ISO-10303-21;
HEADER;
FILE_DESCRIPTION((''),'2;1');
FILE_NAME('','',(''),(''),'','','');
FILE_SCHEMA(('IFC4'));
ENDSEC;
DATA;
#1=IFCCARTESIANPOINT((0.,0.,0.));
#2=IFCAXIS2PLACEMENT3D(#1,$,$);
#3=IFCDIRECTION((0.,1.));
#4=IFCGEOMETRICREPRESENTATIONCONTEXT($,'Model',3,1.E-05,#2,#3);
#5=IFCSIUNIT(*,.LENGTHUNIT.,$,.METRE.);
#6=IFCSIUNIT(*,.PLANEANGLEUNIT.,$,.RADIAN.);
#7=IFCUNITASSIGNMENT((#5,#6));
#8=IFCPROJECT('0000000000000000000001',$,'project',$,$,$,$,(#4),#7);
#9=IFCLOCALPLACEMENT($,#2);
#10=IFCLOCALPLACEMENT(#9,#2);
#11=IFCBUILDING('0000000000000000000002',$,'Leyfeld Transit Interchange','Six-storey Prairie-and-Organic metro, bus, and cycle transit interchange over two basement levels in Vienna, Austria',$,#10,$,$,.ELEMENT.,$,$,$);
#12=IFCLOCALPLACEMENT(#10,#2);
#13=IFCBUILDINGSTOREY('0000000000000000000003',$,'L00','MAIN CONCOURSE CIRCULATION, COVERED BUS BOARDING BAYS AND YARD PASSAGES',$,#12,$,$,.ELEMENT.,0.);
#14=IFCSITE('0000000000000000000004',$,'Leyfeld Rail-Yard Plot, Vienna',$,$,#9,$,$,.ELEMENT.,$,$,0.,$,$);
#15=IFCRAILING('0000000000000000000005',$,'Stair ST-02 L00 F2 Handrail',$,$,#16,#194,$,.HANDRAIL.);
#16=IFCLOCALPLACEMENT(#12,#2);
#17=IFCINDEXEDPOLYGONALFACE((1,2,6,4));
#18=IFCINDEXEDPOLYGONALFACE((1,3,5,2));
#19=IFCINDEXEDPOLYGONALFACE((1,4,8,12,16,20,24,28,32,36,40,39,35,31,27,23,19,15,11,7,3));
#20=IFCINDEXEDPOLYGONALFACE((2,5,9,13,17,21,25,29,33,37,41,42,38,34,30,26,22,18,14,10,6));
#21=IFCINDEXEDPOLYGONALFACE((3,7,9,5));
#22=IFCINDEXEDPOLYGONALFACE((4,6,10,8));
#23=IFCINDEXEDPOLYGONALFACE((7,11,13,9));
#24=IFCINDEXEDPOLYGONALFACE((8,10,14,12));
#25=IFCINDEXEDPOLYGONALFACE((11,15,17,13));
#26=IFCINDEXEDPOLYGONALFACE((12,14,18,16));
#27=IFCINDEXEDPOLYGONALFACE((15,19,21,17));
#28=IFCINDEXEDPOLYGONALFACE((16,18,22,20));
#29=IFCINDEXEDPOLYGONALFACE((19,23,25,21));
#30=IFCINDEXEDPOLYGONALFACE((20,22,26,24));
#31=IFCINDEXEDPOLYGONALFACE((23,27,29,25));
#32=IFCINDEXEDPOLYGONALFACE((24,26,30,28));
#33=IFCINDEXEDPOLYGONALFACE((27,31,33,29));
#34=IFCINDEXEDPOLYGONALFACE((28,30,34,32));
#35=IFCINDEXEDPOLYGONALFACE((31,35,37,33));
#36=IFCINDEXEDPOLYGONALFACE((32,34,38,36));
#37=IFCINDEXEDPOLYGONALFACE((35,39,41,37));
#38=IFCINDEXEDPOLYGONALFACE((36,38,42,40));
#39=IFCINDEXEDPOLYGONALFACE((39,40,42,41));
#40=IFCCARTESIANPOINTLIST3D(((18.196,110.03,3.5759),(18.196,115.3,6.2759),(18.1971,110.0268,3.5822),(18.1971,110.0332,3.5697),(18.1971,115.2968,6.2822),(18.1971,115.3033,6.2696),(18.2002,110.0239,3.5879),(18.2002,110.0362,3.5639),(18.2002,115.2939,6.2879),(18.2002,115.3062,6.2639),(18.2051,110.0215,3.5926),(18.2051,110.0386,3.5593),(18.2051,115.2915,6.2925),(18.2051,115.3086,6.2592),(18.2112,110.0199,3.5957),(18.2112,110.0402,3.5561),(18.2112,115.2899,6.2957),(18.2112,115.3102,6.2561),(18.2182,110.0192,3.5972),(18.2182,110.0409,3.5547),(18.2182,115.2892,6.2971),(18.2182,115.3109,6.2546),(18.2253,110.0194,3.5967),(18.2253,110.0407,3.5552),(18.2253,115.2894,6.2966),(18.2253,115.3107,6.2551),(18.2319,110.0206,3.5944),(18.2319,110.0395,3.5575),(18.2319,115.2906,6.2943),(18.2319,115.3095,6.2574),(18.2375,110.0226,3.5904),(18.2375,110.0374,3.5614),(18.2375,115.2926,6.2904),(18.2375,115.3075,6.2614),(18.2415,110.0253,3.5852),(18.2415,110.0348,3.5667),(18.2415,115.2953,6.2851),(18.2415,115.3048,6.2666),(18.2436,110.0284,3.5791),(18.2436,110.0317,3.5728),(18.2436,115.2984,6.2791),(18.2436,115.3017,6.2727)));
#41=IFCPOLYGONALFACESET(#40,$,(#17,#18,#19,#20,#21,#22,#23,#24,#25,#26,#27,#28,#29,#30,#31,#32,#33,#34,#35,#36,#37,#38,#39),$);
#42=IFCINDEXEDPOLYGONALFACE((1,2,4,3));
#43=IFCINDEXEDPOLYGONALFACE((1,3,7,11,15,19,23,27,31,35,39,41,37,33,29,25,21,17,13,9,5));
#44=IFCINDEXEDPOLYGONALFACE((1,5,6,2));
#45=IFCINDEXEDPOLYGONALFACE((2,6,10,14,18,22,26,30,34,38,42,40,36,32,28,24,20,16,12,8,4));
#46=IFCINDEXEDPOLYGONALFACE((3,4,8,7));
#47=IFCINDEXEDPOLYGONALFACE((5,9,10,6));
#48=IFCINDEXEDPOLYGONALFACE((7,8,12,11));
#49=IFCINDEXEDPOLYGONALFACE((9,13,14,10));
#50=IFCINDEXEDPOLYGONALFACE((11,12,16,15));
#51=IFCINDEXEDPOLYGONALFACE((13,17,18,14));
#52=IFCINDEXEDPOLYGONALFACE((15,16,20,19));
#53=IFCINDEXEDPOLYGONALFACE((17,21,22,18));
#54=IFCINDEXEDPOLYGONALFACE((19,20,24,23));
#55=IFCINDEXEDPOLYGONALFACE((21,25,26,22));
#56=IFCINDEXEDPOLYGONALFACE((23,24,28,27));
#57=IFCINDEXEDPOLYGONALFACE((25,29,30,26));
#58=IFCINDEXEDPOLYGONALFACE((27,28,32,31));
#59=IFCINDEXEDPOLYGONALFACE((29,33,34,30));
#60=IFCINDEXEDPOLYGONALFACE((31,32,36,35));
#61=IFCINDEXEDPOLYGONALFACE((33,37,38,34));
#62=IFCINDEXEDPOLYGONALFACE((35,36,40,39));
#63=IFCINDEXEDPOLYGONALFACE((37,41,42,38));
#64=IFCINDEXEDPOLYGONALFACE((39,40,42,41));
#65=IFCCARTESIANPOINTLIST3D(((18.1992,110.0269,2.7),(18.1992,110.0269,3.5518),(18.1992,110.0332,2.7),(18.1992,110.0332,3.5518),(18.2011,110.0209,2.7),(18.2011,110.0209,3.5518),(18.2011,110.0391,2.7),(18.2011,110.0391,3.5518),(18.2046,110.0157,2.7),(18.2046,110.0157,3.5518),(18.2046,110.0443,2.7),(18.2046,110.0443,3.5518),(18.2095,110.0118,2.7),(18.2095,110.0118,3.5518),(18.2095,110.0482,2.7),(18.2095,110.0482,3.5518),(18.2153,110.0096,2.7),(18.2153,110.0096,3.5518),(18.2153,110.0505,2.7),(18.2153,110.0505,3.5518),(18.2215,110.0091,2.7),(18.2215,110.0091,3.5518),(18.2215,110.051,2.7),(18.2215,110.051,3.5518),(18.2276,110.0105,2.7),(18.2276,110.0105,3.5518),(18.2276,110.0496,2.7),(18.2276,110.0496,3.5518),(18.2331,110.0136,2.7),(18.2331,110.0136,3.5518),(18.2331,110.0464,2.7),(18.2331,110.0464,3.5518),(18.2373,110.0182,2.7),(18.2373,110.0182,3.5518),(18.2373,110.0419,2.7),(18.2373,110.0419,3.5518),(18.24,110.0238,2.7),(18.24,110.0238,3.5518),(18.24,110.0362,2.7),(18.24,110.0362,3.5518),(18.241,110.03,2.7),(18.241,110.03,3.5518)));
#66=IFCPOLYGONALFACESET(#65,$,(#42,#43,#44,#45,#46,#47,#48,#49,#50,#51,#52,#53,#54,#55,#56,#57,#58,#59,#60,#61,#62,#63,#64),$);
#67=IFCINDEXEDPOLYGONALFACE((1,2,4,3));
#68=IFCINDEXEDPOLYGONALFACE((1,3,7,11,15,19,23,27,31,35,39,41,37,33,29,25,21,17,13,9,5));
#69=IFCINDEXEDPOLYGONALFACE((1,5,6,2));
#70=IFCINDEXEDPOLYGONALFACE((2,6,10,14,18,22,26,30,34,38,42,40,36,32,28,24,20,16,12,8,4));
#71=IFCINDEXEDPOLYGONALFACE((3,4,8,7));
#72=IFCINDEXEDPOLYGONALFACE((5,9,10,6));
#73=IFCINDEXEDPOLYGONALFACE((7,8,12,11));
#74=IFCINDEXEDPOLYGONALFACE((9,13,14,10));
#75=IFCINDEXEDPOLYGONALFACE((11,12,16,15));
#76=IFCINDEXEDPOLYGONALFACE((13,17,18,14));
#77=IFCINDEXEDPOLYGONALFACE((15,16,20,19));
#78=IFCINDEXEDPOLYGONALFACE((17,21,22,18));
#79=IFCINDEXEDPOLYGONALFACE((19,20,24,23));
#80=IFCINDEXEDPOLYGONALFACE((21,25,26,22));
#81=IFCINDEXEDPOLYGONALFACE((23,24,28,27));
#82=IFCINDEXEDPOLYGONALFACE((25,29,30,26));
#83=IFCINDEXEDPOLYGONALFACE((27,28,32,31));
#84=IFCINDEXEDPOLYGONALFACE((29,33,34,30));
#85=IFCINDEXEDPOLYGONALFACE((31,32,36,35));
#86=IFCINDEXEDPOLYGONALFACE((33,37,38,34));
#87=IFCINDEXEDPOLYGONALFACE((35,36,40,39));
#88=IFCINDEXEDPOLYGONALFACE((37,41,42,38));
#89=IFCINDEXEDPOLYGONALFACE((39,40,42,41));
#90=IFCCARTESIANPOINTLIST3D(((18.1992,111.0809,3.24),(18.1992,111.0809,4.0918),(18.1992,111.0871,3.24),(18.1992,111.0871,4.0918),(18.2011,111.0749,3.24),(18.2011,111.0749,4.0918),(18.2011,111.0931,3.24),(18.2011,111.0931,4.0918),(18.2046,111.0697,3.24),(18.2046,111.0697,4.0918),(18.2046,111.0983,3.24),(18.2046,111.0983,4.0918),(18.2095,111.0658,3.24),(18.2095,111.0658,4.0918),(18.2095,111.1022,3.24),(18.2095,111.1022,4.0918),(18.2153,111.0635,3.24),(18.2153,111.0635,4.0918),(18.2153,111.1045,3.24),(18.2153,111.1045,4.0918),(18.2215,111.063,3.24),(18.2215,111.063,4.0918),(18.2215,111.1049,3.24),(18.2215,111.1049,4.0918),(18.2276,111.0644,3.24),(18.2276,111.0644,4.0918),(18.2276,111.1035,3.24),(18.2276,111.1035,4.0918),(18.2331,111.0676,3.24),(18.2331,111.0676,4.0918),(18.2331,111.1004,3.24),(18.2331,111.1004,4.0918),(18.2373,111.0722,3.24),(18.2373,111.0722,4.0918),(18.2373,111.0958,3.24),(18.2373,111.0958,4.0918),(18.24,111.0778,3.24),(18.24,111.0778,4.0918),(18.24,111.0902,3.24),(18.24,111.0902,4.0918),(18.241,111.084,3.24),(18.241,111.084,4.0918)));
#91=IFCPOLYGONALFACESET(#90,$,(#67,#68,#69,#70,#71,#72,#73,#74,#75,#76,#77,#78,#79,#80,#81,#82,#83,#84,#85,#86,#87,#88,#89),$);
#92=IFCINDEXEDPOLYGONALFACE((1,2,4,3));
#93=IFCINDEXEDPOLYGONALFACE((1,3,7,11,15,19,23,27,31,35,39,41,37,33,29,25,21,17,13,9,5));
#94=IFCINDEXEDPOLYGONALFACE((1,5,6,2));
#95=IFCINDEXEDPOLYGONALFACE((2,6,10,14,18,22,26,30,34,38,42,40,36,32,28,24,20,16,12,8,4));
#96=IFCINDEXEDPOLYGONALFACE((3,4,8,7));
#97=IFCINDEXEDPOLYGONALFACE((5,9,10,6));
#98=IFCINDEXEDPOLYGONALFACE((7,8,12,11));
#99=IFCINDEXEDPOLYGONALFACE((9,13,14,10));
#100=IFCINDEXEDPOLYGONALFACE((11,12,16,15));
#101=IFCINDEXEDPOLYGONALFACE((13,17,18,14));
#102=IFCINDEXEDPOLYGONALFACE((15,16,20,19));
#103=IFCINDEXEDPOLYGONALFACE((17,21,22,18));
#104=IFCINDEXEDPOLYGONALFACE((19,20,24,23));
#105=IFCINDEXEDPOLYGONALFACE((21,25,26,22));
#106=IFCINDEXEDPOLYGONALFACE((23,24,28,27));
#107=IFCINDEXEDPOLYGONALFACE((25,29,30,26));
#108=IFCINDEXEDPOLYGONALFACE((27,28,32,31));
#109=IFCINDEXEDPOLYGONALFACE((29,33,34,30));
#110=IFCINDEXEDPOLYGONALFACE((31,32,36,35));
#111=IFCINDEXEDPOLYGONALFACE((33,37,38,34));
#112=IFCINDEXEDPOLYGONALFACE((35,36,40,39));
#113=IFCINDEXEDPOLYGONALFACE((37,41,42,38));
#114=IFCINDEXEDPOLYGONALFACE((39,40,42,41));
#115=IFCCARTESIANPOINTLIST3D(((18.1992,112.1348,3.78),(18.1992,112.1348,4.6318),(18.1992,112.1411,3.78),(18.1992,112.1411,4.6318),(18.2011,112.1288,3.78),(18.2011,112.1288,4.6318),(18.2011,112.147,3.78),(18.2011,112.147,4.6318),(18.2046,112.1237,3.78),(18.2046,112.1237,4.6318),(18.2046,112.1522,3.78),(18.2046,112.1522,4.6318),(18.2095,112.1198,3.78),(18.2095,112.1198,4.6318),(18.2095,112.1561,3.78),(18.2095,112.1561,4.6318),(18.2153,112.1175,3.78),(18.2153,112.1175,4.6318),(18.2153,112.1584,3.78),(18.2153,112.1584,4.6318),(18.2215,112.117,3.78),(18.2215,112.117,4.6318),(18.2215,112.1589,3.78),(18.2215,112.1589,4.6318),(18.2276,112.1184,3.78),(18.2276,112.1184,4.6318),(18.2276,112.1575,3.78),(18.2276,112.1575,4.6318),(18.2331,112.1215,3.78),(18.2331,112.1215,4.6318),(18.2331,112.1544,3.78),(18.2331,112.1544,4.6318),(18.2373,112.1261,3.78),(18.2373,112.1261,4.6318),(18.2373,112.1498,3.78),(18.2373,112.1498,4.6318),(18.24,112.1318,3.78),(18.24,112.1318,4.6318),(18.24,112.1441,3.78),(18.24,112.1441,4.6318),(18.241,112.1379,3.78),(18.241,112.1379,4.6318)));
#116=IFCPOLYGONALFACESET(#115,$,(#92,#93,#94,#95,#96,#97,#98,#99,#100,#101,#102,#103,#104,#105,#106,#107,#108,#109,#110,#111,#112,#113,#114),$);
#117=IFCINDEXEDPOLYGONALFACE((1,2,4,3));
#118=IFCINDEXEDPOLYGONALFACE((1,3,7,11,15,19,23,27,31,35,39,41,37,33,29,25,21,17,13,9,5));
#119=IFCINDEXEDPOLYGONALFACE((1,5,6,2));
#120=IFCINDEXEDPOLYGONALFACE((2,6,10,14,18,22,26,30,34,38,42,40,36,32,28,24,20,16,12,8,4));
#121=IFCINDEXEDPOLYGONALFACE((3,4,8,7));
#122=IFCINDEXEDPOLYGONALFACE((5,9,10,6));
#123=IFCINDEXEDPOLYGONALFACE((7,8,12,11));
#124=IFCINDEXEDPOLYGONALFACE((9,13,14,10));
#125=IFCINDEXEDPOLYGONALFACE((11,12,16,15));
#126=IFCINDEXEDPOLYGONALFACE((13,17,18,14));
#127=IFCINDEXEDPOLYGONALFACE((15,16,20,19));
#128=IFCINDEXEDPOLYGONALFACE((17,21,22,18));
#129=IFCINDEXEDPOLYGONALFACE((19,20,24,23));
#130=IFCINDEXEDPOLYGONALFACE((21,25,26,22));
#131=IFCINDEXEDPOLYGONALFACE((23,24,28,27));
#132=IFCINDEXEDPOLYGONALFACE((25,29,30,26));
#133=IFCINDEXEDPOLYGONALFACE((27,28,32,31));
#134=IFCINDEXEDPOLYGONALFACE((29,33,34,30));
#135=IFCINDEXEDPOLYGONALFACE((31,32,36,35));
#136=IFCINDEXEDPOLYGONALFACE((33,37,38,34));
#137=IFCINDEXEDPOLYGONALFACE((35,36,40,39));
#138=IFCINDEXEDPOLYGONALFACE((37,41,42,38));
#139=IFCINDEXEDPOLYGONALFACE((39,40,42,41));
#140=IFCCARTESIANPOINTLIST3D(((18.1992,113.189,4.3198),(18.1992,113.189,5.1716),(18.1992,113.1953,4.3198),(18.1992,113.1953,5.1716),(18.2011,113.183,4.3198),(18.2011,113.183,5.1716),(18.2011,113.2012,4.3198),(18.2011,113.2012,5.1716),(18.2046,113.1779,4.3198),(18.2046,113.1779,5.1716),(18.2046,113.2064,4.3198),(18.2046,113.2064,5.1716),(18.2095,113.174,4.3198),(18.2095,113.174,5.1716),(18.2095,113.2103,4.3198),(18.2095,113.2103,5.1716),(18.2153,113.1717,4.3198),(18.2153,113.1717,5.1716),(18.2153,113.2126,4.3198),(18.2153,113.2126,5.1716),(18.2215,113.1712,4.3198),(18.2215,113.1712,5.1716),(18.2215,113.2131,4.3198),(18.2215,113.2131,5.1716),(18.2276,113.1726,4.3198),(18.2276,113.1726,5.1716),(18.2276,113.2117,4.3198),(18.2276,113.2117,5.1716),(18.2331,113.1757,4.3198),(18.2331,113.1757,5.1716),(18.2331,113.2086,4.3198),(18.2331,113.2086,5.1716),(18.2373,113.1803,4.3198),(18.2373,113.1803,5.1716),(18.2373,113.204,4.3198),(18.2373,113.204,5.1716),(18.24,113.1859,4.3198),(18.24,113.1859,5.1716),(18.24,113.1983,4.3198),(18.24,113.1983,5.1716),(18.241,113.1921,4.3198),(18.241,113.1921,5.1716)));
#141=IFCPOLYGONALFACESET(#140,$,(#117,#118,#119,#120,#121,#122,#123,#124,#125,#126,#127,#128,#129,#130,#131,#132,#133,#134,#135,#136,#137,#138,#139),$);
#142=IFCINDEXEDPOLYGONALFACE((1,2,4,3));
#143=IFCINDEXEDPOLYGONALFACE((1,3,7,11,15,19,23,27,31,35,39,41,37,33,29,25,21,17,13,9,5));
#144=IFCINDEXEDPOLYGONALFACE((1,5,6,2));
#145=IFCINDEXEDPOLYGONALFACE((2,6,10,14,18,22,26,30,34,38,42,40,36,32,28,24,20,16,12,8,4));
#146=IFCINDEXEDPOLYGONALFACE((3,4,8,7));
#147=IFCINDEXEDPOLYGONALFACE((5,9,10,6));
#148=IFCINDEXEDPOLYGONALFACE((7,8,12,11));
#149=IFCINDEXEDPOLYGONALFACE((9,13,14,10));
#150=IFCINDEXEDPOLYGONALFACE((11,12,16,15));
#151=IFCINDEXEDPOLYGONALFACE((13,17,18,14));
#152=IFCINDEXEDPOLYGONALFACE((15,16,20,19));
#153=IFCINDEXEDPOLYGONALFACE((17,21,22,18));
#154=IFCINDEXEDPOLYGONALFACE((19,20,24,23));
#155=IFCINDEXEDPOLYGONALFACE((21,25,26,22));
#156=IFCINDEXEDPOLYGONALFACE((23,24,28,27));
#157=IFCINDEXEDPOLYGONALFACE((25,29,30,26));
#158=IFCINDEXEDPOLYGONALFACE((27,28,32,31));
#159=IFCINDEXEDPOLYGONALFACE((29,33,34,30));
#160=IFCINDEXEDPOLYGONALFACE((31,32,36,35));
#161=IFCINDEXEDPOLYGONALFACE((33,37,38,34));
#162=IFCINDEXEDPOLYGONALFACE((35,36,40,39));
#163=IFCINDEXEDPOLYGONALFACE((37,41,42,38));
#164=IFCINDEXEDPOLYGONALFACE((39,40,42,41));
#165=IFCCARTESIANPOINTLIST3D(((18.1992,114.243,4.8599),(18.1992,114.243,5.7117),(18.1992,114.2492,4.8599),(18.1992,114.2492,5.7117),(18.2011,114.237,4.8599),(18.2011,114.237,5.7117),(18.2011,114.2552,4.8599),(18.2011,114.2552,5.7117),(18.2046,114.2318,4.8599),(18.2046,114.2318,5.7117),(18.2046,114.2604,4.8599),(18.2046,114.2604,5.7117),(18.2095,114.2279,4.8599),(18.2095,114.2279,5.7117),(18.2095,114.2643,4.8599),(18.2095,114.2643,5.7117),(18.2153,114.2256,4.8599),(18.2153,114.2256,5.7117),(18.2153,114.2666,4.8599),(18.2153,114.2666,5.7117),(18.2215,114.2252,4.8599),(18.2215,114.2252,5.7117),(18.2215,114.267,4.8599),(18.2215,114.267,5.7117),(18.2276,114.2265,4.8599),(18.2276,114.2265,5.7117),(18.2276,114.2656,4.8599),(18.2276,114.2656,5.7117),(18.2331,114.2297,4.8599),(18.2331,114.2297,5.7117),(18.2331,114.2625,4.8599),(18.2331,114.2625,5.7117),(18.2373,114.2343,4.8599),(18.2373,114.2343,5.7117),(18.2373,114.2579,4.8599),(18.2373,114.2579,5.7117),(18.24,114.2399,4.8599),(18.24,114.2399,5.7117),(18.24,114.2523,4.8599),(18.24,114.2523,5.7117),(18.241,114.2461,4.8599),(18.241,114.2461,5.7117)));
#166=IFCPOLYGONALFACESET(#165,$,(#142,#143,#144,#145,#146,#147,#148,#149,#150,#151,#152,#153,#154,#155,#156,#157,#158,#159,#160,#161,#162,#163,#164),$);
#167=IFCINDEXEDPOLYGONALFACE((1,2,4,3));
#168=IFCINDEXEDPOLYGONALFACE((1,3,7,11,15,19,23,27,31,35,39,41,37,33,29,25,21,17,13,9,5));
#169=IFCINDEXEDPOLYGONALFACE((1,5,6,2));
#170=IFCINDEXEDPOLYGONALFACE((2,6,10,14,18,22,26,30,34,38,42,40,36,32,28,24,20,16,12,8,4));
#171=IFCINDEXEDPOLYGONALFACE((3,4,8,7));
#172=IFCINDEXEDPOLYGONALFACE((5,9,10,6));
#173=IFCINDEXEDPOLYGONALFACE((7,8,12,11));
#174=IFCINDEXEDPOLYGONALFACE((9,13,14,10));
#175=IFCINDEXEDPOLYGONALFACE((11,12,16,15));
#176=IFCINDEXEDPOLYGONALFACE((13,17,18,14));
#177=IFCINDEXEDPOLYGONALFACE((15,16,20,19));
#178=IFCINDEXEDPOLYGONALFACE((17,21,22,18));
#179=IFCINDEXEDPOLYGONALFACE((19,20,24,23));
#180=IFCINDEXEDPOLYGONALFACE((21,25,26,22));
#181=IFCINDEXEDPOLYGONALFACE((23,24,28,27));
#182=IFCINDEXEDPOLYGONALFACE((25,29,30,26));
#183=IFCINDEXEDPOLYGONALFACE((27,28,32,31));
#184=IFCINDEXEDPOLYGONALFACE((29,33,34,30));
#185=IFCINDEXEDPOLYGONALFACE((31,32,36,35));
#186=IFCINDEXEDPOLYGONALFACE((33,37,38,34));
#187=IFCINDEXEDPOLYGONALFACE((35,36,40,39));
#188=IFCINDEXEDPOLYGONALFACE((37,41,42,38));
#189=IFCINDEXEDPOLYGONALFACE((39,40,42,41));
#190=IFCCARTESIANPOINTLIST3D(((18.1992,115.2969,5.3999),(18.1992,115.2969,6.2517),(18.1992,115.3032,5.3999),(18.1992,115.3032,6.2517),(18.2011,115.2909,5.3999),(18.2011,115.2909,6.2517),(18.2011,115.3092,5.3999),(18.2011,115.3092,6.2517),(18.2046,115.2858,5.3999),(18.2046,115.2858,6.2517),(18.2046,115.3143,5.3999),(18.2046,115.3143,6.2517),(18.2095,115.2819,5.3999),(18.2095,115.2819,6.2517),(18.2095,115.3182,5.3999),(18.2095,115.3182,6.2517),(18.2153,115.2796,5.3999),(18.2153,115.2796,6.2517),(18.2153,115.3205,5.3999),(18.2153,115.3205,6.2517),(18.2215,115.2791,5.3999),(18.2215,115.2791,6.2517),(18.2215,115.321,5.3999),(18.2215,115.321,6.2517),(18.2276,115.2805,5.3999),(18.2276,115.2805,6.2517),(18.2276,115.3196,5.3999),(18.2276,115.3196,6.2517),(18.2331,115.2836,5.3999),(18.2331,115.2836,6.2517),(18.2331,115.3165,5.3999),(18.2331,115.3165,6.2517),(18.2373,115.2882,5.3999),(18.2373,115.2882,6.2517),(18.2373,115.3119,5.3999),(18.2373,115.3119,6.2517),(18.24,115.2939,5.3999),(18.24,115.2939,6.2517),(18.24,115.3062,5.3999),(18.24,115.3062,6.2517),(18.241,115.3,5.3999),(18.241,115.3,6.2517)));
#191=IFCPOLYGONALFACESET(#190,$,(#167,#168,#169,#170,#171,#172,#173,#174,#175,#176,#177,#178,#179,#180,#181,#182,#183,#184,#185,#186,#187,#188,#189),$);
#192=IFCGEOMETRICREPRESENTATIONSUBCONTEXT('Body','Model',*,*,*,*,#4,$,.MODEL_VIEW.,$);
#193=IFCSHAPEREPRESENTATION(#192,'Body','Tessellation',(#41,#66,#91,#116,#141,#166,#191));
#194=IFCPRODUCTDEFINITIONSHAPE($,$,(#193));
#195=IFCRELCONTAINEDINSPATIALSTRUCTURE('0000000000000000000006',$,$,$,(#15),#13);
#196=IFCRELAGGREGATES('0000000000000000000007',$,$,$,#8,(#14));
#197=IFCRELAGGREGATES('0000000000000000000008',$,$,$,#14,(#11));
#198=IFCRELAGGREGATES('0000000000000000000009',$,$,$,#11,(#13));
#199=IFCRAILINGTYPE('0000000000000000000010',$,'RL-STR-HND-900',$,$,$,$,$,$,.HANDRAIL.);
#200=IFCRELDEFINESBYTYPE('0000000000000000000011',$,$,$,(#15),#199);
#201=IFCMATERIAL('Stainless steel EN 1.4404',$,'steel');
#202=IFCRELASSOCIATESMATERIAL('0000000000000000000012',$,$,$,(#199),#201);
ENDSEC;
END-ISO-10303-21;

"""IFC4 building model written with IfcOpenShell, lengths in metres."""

from ifc_helpers import new_model, si_unit, direction, frame, origin, origin_2d, place, context, subcontext, project, spatial, circle, extrude, material, type_object, element, save


model = new_model("IFC4")

# Units and contexts
model_context = context("Model", 3, precision=1e-05, world=origin(), true_north=direction((0.0, 1.0)))
body_context = subcontext(model_context, "Body", "Model", "MODEL_VIEW")
ifc_project = project(units=[si_unit("LENGTHUNIT", "METRE"), si_unit("PLANEANGLEUNIT", "RADIAN")], contexts=[model_context])

# Site, building, storey
site_placement = place(None, origin())
site = spatial("IfcSite", under=ifc_project, at=site_placement, Name="Leyfeld Rail-Yard Plot, Vienna", CompositionType="ELEMENT", RefElevation=0.0)
building_placement = place(site_placement, origin())
building = spatial("IfcBuilding", under=site, at=building_placement, Name="Leyfeld Transit Interchange", Description="Six-storey Prairie-and-Organic metro, bus, and cycle transit interchange over two basement levels in Vienna, Austria", CompositionType="ELEMENT")
storey_placement = place(building_placement, origin())
storey = spatial("IfcBuildingStorey", under=building, at=storey_placement, Name="L00", Description="MAIN CONCOURSE CIRCULATION, COVERED BUS BOARDING BAYS AND YARD PASSAGES", CompositionType="ELEMENT", Elevation=0.0)

# Railing
ifc_material_1 = material(Name="Stainless steel EN 1.4404", Category="steel")
railing_type_1 = type_object("IfcRailingType", Name="RL-STR-HND-900", PredefinedType="HANDRAIL", material=ifc_material_1)
railing_1_placement = place(storey_placement, frame((18.22, 110.03, 2.7)))
element("IfcRailing", 1, at=railing_1_placement, inside=storey, type_object=railing_type_1, Name="Stair ST-02 L00 F2 Handrail", PredefinedType="HANDRAIL", context=body_context, shape_type="SweptSolid", body=[
    extrude(circle(Radius=0.0239, at=origin_2d()), frame((0.0, 0.0, 0.876), z_axis=(0.0, 0.889997, 0.455966), x_axis=(-1.0, 0.0, 0.0)), (0.0, 0.0, 1.0), 5.9214),
    extrude(circle(Radius=0.021, at=origin_2d()), origin(), (0.0, 0.0, 1.0), 0.8518),
    extrude(circle(Radius=0.021, at=origin_2d()), frame((0.0, 1.054, 0.54)), (0.0, 0.0, 1.0), 0.8518),
    extrude(circle(Radius=0.021, at=origin_2d()), frame((0.0, 2.1079, 1.0801)), (0.0, 0.0, 1.0), 0.8518),
    extrude(circle(Radius=0.021, at=origin_2d()), frame((0.0, 3.1621, 1.6199)), (0.0, 0.0, 1.0), 0.8518),
    extrude(circle(Radius=0.021, at=origin_2d()), frame((0.0, 4.2161, 2.1599)), (0.0, 0.0, 1.0), 0.8518),
    extrude(circle(Radius=0.021, at=origin_2d()), frame((0.0, 5.27, 2.7)), (0.0, 0.0, 1.0), 0.8518),
])

save(model, "model.ifc")
